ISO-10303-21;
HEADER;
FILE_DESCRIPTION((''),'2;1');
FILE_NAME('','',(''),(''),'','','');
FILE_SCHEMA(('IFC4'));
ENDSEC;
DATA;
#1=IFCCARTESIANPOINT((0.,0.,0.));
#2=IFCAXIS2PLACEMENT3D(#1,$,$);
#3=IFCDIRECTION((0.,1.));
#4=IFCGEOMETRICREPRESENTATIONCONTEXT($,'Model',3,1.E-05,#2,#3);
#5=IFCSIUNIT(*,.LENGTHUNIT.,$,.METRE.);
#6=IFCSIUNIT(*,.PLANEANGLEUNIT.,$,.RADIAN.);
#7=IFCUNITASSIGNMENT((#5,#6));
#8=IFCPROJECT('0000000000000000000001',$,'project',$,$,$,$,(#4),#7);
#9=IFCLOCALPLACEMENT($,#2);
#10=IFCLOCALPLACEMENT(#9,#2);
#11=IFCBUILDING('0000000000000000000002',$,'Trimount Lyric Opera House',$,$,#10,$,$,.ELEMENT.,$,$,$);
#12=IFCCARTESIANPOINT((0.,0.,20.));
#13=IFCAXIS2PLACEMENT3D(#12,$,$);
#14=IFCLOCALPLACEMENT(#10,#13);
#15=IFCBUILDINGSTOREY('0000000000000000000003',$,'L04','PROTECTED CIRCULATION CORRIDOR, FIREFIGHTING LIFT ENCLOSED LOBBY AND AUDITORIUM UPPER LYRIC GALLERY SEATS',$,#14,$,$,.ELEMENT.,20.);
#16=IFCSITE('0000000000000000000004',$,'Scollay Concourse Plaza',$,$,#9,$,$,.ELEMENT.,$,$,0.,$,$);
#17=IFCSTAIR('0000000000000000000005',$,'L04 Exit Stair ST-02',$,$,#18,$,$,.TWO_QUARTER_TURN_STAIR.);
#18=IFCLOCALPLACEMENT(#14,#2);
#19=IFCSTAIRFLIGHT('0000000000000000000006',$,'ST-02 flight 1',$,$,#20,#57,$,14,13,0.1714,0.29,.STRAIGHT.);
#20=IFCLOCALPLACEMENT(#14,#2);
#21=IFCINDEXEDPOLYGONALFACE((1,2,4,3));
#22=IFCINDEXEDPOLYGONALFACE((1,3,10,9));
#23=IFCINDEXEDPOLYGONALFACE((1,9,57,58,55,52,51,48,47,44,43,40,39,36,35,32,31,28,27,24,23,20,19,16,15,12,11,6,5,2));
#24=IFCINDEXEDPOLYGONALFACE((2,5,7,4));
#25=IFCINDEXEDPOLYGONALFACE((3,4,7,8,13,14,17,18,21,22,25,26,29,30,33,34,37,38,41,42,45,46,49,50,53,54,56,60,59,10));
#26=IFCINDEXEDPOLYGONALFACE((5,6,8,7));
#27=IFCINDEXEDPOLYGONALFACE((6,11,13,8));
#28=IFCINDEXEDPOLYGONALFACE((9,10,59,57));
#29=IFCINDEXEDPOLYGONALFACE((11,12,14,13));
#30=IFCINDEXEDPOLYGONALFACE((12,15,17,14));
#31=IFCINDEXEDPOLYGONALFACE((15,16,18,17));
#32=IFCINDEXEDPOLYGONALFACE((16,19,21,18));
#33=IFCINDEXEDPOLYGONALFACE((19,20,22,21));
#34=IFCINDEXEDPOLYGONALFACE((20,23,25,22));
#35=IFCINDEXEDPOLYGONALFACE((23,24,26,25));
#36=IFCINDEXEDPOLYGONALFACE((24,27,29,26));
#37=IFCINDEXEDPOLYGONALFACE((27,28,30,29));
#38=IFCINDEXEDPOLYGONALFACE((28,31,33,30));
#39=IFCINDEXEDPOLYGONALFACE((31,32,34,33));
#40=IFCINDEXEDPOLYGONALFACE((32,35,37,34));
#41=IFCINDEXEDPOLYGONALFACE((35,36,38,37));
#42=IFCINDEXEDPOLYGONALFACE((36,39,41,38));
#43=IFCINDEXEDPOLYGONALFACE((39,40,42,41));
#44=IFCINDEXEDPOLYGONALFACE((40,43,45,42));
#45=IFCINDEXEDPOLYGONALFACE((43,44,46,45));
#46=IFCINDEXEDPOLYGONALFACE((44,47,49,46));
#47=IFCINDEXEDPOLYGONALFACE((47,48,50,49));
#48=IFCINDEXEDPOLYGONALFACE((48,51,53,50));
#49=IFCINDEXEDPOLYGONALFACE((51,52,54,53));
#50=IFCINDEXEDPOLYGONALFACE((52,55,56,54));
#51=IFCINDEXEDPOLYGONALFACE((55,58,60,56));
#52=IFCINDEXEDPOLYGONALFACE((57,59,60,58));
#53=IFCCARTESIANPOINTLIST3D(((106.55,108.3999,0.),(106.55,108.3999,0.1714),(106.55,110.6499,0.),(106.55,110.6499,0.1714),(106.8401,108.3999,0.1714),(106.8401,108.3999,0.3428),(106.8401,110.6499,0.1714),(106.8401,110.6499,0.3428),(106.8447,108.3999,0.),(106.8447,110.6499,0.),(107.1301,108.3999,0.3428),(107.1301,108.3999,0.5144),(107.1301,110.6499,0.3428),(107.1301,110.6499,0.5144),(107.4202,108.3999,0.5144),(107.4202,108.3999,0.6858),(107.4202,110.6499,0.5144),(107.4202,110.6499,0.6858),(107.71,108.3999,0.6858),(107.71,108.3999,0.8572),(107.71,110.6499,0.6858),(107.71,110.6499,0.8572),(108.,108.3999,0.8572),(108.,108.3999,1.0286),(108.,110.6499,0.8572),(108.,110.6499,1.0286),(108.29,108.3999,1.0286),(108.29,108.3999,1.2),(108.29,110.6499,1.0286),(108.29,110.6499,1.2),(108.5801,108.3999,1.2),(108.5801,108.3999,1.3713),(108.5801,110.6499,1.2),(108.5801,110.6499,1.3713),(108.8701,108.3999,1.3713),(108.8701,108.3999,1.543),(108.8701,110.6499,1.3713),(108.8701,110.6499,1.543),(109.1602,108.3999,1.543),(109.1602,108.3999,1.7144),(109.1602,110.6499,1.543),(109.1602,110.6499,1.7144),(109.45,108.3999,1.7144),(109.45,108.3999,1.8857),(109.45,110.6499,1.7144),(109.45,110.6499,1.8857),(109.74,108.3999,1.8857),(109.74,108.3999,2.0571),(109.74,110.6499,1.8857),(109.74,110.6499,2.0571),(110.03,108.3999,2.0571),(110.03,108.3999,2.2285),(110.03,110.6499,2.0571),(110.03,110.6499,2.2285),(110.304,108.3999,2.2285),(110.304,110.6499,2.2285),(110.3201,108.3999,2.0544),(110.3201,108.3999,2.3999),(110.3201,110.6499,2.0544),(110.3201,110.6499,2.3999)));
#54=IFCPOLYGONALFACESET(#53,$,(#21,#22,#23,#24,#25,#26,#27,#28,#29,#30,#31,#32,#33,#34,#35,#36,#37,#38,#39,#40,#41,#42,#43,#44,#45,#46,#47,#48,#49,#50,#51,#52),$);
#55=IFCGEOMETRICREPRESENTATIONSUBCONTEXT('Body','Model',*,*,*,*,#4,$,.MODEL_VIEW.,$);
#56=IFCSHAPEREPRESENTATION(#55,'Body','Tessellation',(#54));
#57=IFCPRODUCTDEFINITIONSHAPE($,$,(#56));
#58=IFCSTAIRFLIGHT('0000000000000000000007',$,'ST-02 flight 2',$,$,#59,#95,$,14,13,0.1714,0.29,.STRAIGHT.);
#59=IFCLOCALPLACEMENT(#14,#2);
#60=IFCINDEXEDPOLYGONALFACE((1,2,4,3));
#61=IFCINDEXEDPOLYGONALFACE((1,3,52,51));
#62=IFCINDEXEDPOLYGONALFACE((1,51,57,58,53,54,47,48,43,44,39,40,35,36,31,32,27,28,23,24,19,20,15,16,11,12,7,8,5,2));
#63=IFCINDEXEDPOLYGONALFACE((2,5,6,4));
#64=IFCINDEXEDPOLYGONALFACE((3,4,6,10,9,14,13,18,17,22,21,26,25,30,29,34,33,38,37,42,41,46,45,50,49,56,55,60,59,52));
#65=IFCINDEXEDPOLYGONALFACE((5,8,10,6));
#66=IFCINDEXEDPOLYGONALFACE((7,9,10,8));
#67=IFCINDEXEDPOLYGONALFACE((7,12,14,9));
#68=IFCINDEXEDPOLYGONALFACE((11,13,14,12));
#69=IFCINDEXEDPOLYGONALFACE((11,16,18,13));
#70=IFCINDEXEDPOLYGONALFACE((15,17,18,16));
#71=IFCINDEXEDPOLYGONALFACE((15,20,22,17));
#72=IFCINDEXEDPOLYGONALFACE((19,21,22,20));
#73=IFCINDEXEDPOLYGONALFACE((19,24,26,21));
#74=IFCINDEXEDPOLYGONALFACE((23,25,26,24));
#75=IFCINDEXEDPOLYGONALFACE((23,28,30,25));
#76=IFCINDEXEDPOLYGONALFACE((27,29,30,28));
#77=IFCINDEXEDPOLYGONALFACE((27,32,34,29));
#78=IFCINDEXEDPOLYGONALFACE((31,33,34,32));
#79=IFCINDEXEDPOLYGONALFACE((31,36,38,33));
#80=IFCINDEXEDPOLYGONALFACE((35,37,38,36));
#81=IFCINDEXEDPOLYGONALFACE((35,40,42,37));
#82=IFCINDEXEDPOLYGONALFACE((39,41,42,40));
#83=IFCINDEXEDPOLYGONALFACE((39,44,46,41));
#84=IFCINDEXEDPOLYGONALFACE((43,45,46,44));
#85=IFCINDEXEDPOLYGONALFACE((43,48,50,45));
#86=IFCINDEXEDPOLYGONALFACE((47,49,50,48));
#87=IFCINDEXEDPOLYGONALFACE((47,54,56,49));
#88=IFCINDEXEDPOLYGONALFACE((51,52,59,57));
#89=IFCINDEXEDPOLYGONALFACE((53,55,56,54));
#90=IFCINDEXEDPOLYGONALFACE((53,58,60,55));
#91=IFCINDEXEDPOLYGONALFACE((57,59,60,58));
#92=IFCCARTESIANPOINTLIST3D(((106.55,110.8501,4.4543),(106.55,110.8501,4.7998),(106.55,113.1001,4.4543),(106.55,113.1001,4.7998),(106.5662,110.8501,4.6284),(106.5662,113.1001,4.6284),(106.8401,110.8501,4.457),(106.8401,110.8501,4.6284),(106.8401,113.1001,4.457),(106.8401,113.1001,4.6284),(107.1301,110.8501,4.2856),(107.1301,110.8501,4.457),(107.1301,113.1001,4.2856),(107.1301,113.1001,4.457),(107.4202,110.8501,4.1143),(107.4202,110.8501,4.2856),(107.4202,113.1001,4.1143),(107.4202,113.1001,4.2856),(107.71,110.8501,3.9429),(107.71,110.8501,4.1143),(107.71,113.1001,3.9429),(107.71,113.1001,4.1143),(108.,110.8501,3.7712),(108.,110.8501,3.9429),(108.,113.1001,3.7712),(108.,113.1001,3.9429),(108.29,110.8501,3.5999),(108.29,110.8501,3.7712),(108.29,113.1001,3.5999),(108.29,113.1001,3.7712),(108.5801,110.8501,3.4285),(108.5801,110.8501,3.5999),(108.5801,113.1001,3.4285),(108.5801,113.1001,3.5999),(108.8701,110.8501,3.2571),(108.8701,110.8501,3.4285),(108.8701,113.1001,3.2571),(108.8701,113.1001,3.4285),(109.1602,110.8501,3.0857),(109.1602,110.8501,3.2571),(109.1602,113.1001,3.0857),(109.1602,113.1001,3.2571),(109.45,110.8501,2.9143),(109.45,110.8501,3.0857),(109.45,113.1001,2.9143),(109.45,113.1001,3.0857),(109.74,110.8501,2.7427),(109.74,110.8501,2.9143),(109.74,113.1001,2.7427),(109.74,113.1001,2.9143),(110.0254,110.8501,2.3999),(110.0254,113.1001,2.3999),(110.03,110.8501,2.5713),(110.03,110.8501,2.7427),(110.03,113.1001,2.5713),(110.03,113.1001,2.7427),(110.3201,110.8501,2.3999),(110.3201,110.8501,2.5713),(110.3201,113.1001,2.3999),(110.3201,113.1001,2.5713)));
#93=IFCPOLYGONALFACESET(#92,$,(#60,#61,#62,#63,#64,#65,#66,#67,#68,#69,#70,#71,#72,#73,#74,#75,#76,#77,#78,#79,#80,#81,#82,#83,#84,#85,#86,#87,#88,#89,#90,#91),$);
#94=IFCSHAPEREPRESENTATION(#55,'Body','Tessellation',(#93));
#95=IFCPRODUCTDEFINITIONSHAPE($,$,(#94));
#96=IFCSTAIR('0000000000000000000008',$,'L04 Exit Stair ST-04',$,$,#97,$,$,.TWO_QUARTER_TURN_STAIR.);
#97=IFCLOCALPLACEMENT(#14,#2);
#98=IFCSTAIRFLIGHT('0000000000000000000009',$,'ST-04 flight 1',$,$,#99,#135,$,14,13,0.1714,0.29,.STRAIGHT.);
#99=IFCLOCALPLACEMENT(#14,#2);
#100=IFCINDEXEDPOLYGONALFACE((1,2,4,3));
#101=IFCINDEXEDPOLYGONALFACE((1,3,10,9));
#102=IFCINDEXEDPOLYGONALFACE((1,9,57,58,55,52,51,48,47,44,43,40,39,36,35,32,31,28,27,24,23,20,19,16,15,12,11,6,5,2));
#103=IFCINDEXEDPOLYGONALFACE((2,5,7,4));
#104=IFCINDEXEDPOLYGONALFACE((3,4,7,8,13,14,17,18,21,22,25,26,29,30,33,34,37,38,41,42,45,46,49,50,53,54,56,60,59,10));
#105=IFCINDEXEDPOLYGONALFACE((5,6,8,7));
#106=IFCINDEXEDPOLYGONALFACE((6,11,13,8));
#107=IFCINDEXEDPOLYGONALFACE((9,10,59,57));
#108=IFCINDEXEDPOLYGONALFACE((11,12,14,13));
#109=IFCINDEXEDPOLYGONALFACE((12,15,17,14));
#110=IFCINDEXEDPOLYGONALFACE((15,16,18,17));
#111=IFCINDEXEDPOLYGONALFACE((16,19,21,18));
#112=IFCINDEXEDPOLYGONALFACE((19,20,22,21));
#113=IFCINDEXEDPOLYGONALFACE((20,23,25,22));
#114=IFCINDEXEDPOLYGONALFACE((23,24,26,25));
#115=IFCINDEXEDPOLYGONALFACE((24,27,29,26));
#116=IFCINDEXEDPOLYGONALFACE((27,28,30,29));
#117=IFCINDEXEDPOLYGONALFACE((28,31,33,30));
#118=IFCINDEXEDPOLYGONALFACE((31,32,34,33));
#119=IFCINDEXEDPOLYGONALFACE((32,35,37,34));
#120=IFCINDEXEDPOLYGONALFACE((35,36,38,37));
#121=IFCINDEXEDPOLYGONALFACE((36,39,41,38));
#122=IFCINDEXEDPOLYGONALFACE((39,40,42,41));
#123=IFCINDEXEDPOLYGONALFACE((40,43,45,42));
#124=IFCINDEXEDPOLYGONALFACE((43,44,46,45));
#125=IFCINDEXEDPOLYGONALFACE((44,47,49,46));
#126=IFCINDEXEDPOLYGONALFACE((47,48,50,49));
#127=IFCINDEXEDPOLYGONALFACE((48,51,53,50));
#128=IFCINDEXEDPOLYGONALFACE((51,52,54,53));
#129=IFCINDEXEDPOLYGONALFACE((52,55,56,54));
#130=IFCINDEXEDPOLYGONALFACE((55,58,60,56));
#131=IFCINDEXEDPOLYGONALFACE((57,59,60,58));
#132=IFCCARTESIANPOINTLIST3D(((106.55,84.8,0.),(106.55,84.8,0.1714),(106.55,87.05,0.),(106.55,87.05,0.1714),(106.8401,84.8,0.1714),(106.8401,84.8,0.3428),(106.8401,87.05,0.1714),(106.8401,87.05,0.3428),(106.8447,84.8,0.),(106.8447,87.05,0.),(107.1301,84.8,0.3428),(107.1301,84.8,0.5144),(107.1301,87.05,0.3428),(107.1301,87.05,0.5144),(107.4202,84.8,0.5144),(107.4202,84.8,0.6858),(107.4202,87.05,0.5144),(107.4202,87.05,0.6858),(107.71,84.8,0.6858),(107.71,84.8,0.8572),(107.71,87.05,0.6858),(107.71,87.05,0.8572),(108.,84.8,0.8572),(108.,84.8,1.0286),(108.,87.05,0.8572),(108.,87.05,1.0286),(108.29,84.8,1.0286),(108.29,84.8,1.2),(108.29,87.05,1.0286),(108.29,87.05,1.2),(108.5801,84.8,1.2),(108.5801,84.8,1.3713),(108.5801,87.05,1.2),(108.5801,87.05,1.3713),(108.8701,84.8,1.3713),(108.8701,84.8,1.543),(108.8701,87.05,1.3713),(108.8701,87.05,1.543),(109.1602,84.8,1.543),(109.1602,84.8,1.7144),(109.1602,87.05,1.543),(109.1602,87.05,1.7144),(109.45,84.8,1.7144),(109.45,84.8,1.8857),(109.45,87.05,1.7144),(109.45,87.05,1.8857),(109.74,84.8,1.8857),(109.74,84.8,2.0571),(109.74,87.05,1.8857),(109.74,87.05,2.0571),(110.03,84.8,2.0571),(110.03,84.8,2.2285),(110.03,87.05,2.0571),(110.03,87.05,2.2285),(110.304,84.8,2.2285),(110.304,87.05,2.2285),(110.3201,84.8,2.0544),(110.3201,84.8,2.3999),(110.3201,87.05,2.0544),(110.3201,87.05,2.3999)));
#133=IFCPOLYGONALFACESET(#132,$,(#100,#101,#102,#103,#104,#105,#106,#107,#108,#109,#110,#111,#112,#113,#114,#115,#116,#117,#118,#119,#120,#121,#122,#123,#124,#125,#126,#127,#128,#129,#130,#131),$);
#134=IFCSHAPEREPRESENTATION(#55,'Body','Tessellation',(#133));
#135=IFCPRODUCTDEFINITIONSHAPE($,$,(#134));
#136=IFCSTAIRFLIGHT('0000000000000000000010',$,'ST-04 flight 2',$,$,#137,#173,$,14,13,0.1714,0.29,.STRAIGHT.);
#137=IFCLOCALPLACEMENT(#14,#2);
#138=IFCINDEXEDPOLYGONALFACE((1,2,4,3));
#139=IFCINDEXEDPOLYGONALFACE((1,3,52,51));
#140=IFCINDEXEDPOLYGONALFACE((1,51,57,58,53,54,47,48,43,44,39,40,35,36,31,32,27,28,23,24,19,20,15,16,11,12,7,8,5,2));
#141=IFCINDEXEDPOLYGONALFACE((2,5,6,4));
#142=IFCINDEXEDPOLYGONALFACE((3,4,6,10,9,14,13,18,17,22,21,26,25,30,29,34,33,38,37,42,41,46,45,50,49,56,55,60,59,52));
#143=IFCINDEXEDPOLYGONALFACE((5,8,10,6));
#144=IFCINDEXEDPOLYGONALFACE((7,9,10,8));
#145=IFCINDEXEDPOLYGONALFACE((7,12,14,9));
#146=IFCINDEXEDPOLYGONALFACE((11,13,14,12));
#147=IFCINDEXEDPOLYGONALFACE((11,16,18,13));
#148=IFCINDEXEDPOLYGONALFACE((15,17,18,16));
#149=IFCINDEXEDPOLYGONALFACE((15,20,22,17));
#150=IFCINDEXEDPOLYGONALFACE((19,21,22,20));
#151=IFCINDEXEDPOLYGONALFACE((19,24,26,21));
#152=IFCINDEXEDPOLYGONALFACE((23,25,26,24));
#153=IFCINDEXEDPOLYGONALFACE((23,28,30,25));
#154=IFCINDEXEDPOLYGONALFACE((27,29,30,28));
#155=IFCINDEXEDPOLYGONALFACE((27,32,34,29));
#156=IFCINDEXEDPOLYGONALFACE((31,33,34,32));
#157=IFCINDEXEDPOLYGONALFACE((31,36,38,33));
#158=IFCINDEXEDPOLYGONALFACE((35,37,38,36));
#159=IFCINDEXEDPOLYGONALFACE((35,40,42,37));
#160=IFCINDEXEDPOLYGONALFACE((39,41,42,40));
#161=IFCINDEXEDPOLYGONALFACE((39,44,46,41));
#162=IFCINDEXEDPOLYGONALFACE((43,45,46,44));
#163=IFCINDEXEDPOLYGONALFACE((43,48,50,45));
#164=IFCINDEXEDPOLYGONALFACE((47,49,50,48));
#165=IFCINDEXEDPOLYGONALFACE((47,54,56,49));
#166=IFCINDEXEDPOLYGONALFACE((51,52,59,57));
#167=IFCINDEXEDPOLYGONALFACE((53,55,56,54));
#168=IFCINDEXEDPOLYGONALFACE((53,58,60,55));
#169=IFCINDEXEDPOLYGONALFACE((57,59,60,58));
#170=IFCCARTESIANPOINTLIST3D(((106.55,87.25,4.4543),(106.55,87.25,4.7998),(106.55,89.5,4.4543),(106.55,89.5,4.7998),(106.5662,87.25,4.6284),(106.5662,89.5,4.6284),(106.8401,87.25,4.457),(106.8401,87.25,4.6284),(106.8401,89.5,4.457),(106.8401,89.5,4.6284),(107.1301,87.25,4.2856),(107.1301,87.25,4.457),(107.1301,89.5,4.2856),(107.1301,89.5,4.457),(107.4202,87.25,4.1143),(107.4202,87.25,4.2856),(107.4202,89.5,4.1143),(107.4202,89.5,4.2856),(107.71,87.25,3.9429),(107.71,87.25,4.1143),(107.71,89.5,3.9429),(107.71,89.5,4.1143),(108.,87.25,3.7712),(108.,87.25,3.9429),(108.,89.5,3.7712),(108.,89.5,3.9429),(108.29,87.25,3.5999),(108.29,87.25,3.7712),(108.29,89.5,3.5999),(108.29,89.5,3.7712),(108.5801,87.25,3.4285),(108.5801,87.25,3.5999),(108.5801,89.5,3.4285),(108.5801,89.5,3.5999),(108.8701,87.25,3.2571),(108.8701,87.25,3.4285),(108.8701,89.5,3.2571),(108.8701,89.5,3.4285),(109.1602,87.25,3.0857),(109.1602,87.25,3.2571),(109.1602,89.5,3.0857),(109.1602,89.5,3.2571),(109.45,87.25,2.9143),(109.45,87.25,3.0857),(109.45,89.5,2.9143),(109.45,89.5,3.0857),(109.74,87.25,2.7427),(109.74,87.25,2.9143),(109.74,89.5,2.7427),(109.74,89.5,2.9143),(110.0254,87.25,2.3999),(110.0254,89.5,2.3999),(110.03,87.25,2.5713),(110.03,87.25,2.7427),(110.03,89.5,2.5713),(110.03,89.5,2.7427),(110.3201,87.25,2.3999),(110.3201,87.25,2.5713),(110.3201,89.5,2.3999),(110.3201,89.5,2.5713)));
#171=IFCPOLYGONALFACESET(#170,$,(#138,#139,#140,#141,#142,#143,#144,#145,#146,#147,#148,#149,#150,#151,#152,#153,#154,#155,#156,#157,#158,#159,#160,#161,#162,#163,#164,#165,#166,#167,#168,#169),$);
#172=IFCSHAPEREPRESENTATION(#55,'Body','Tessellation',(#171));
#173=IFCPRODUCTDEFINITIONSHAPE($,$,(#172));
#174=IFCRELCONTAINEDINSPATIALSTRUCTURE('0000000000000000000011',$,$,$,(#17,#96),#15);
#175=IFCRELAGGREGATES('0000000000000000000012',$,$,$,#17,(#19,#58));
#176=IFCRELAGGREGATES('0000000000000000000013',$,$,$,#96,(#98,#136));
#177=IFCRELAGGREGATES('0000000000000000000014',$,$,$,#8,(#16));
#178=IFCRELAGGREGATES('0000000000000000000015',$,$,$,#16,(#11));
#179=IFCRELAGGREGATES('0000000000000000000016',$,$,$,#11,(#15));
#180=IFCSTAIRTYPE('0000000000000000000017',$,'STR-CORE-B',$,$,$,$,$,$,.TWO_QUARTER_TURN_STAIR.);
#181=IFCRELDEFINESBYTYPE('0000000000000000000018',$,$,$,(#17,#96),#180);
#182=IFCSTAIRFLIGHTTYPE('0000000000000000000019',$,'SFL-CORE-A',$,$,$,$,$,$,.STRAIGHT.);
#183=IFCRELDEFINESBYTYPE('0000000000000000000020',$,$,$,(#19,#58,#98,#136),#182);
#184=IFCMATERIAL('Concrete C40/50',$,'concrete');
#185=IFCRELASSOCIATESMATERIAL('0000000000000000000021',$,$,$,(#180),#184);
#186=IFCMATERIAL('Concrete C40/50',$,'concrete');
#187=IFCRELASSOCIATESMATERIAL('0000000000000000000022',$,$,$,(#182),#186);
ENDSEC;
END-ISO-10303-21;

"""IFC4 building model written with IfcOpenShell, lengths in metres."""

from ifc_helpers import new_model, si_unit, direction, frame, origin, place, context, subcontext, project, spatial, polyline, outline, extrude, material, type_object, element, aggregate, save


model = new_model("IFC4")

# Units and contexts
model_context = context("Model", 3, precision=1e-05, world=origin(), true_north=direction((0.0, 1.0)))
body_context = subcontext(model_context, "Body", "Model", "MODEL_VIEW")
ifc_project = project(units=[si_unit("LENGTHUNIT", "METRE"), si_unit("PLANEANGLEUNIT", "RADIAN")], contexts=[model_context])

# Site, building, storey
site_placement = place(None, origin())
site = spatial("IfcSite", under=ifc_project, at=site_placement, Name="Scollay Concourse Plaza", CompositionType="ELEMENT", RefElevation=0.0)
building_placement = place(site_placement, origin())
building = spatial("IfcBuilding", under=site, at=building_placement, Name="Trimount Lyric Opera House", CompositionType="ELEMENT")
storey_placement = place(building_placement, frame((0.0, 0.0, 20.0)))
storey = spatial("IfcBuildingStorey", under=building, at=storey_placement, Name="L04", Description="PROTECTED CIRCULATION CORRIDOR, FIREFIGHTING LIFT ENCLOSED LOBBY AND AUDITORIUM UPPER LYRIC GALLERY SEATS", CompositionType="ELEMENT", Elevation=20.0)

# Stairs, stair flights
ifc_material_1 = material(Name="Concrete C40/50", Category="concrete")
stair_type = type_object("IfcStairType", Name="STR-CORE-B", PredefinedType="TWO_QUARTER_TURN_STAIR", material=ifc_material_1)
stair_1_placement = place(storey_placement, origin())
stair_1 = element("IfcStair", 1, at=stair_1_placement, inside=storey, type_object=stair_type, Name="L04 Exit Stair ST-02", PredefinedType="TWO_QUARTER_TURN_STAIR")
ifc_material_2 = material(Name="Concrete C40/50", Category="concrete")
stair_flight_type = type_object("IfcStairFlightType", Name="SFL-CORE-A", PredefinedType="STRAIGHT", material=ifc_material_2)
stair_flight_1_placement = place(storey_placement, frame((106.55, 109.5249, 0.0), z_axis=(0.0, 0.0, 1.0), x_axis=(1.0, 0.0, 0.0)))
stair_flight_1 = element("IfcStairFlight", 2, at=stair_flight_1_placement, type_object=stair_flight_type, Name="ST-02 flight 1", NumberOfRisers=14, NumberOfTreads=13, PredefinedType="STRAIGHT", RiserHeight=0.1714, TreadLength=0.29, context=body_context, shape_type="SweptSolid", body=[
    extrude(outline(polyline([(0.0, 0.0), (0.0, 0.1714), (0.29, 0.1714), (0.29, 0.3428), (0.5801, 0.3428), (0.5801, 0.5144), (0.8701, 0.5144), (0.8701, 0.6858), (1.1599, 0.6858), (1.1599, 0.8572), (1.45, 0.8572), (1.45, 1.0286), (1.74, 1.0286), (1.74, 1.2), (2.03, 1.2), (2.03, 1.3713), (2.3201, 1.3713), (2.3201, 1.543), (2.6101, 1.543), (2.6101, 1.7144), (2.8999, 1.7144), (2.8999, 1.8857), (3.1899, 1.8857), (3.1899, 2.0571), (3.48, 2.0571), (3.48, 2.2285), (3.7539, 2.2285), (3.77, 2.3999), (3.77, 2.0544), (0.2947, 0.0), (0.0, 0.0)])), frame((0.0, 1.125, 0.0), z_axis=(0.0, -1.0, 0.0), x_axis=(1.0, 0.0, 0.0)), (0.0, 0.0, 1.0), 2.25),
])
stair_flight_2_placement = place(storey_placement, frame((110.3201, 111.9751, 2.3999), z_axis=(0.0, 0.0, 1.0), x_axis=(-1.0, 0.0, 0.0)))
stair_flight_2 = element("IfcStairFlight", 3, at=stair_flight_2_placement, type_object=stair_flight_type, Name="ST-02 flight 2", NumberOfRisers=14, NumberOfTreads=13, PredefinedType="STRAIGHT", RiserHeight=0.1714, TreadLength=0.29, context=body_context, shape_type="SweptSolid", body=[
    extrude(outline(polyline([(0.0, 0.0), (0.0, 0.1714), (0.29, 0.1714), (0.29, 0.3428), (0.5801, 0.3428), (0.5801, 0.5144), (0.8701, 0.5144), (0.8701, 0.6858), (1.1599, 0.6858), (1.1599, 0.8572), (1.45, 0.8572), (1.45, 1.0286), (1.74, 1.0286), (1.74, 1.2), (2.03, 1.2), (2.03, 1.3713), (2.3201, 1.3713), (2.3201, 1.543), (2.6101, 1.543), (2.6101, 1.7144), (2.8999, 1.7144), (2.8999, 1.8857), (3.1899, 1.8857), (3.1899, 2.0571), (3.48, 2.0571), (3.48, 2.2285), (3.7539, 2.2285), (3.77, 2.3999), (3.77, 2.0544), (0.2947, 0.0), (0.0, 0.0)])), frame((0.0, 1.125, 0.0), z_axis=(0.0, -1.0, 0.0), x_axis=(1.0, 0.0, 0.0)), (0.0, 0.0, 1.0), 2.25),
])
aggregate(stair_1, [stair_flight_1, stair_flight_2])
stair_2_placement = place(storey_placement, origin())
stair_2 = element("IfcStair", 4, at=stair_2_placement, inside=storey, type_object=stair_type, Name="L04 Exit Stair ST-04", PredefinedType="TWO_QUARTER_TURN_STAIR")
stair_flight_3_placement = place(storey_placement, frame((106.55, 85.925, 0.0), z_axis=(0.0, 0.0, 1.0), x_axis=(1.0, 0.0, 0.0)))
stair_flight_3 = element("IfcStairFlight", 5, at=stair_flight_3_placement, type_object=stair_flight_type, Name="ST-04 flight 1", NumberOfRisers=14, NumberOfTreads=13, PredefinedType="STRAIGHT", RiserHeight=0.1714, TreadLength=0.29, context=body_context, shape_type="SweptSolid", body=[
    extrude(outline(polyline([(0.0, 0.0), (0.0, 0.1714), (0.29, 0.1714), (0.29, 0.3428), (0.5801, 0.3428), (0.5801, 0.5144), (0.8701, 0.5144), (0.8701, 0.6858), (1.1599, 0.6858), (1.1599, 0.8572), (1.45, 0.8572), (1.45, 1.0286), (1.74, 1.0286), (1.74, 1.2), (2.03, 1.2), (2.03, 1.3713), (2.3201, 1.3713), (2.3201, 1.543), (2.6101, 1.543), (2.6101, 1.7144), (2.8999, 1.7144), (2.8999, 1.8857), (3.1899, 1.8857), (3.1899, 2.0571), (3.48, 2.0571), (3.48, 2.2285), (3.7539, 2.2285), (3.77, 2.3999), (3.77, 2.0544), (0.2947, 0.0), (0.0, 0.0)])), frame((0.0, 1.125, 0.0), z_axis=(0.0, -1.0, 0.0), x_axis=(1.0, 0.0, 0.0)), (0.0, 0.0, 1.0), 2.25),
])
stair_flight_4_placement = place(storey_placement, frame((110.3201, 88.375, 2.3999), z_axis=(0.0, 0.0, 1.0), x_axis=(-1.0, 0.0, 0.0)))
stair_flight_4 = element("IfcStairFlight", 6, at=stair_flight_4_placement, type_object=stair_flight_type, Name="ST-04 flight 2", NumberOfRisers=14, NumberOfTreads=13, PredefinedType="STRAIGHT", RiserHeight=0.1714, TreadLength=0.29, context=body_context, shape_type="SweptSolid", body=[
    extrude(outline(polyline([(0.0, 0.0), (0.0, 0.1714), (0.29, 0.1714), (0.29, 0.3428), (0.5801, 0.3428), (0.5801, 0.5144), (0.8701, 0.5144), (0.8701, 0.6858), (1.1599, 0.6858), (1.1599, 0.8572), (1.45, 0.8572), (1.45, 1.0286), (1.74, 1.0286), (1.74, 1.2), (2.03, 1.2), (2.03, 1.3713), (2.3201, 1.3713), (2.3201, 1.543), (2.6101, 1.543), (2.6101, 1.7144), (2.8999, 1.7144), (2.8999, 1.8857), (3.1899, 1.8857), (3.1899, 2.0571), (3.48, 2.0571), (3.48, 2.2285), (3.7539, 2.2285), (3.77, 2.3999), (3.77, 2.0544), (0.2947, 0.0), (0.0, 0.0)])), frame((0.0, 1.125, 0.0), z_axis=(0.0, -1.0, 0.0), x_axis=(1.0, 0.0, 0.0)), (0.0, 0.0, 1.0), 2.25),
])
aggregate(stair_2, [stair_flight_3, stair_flight_4])

save(model, "model.ifc")
